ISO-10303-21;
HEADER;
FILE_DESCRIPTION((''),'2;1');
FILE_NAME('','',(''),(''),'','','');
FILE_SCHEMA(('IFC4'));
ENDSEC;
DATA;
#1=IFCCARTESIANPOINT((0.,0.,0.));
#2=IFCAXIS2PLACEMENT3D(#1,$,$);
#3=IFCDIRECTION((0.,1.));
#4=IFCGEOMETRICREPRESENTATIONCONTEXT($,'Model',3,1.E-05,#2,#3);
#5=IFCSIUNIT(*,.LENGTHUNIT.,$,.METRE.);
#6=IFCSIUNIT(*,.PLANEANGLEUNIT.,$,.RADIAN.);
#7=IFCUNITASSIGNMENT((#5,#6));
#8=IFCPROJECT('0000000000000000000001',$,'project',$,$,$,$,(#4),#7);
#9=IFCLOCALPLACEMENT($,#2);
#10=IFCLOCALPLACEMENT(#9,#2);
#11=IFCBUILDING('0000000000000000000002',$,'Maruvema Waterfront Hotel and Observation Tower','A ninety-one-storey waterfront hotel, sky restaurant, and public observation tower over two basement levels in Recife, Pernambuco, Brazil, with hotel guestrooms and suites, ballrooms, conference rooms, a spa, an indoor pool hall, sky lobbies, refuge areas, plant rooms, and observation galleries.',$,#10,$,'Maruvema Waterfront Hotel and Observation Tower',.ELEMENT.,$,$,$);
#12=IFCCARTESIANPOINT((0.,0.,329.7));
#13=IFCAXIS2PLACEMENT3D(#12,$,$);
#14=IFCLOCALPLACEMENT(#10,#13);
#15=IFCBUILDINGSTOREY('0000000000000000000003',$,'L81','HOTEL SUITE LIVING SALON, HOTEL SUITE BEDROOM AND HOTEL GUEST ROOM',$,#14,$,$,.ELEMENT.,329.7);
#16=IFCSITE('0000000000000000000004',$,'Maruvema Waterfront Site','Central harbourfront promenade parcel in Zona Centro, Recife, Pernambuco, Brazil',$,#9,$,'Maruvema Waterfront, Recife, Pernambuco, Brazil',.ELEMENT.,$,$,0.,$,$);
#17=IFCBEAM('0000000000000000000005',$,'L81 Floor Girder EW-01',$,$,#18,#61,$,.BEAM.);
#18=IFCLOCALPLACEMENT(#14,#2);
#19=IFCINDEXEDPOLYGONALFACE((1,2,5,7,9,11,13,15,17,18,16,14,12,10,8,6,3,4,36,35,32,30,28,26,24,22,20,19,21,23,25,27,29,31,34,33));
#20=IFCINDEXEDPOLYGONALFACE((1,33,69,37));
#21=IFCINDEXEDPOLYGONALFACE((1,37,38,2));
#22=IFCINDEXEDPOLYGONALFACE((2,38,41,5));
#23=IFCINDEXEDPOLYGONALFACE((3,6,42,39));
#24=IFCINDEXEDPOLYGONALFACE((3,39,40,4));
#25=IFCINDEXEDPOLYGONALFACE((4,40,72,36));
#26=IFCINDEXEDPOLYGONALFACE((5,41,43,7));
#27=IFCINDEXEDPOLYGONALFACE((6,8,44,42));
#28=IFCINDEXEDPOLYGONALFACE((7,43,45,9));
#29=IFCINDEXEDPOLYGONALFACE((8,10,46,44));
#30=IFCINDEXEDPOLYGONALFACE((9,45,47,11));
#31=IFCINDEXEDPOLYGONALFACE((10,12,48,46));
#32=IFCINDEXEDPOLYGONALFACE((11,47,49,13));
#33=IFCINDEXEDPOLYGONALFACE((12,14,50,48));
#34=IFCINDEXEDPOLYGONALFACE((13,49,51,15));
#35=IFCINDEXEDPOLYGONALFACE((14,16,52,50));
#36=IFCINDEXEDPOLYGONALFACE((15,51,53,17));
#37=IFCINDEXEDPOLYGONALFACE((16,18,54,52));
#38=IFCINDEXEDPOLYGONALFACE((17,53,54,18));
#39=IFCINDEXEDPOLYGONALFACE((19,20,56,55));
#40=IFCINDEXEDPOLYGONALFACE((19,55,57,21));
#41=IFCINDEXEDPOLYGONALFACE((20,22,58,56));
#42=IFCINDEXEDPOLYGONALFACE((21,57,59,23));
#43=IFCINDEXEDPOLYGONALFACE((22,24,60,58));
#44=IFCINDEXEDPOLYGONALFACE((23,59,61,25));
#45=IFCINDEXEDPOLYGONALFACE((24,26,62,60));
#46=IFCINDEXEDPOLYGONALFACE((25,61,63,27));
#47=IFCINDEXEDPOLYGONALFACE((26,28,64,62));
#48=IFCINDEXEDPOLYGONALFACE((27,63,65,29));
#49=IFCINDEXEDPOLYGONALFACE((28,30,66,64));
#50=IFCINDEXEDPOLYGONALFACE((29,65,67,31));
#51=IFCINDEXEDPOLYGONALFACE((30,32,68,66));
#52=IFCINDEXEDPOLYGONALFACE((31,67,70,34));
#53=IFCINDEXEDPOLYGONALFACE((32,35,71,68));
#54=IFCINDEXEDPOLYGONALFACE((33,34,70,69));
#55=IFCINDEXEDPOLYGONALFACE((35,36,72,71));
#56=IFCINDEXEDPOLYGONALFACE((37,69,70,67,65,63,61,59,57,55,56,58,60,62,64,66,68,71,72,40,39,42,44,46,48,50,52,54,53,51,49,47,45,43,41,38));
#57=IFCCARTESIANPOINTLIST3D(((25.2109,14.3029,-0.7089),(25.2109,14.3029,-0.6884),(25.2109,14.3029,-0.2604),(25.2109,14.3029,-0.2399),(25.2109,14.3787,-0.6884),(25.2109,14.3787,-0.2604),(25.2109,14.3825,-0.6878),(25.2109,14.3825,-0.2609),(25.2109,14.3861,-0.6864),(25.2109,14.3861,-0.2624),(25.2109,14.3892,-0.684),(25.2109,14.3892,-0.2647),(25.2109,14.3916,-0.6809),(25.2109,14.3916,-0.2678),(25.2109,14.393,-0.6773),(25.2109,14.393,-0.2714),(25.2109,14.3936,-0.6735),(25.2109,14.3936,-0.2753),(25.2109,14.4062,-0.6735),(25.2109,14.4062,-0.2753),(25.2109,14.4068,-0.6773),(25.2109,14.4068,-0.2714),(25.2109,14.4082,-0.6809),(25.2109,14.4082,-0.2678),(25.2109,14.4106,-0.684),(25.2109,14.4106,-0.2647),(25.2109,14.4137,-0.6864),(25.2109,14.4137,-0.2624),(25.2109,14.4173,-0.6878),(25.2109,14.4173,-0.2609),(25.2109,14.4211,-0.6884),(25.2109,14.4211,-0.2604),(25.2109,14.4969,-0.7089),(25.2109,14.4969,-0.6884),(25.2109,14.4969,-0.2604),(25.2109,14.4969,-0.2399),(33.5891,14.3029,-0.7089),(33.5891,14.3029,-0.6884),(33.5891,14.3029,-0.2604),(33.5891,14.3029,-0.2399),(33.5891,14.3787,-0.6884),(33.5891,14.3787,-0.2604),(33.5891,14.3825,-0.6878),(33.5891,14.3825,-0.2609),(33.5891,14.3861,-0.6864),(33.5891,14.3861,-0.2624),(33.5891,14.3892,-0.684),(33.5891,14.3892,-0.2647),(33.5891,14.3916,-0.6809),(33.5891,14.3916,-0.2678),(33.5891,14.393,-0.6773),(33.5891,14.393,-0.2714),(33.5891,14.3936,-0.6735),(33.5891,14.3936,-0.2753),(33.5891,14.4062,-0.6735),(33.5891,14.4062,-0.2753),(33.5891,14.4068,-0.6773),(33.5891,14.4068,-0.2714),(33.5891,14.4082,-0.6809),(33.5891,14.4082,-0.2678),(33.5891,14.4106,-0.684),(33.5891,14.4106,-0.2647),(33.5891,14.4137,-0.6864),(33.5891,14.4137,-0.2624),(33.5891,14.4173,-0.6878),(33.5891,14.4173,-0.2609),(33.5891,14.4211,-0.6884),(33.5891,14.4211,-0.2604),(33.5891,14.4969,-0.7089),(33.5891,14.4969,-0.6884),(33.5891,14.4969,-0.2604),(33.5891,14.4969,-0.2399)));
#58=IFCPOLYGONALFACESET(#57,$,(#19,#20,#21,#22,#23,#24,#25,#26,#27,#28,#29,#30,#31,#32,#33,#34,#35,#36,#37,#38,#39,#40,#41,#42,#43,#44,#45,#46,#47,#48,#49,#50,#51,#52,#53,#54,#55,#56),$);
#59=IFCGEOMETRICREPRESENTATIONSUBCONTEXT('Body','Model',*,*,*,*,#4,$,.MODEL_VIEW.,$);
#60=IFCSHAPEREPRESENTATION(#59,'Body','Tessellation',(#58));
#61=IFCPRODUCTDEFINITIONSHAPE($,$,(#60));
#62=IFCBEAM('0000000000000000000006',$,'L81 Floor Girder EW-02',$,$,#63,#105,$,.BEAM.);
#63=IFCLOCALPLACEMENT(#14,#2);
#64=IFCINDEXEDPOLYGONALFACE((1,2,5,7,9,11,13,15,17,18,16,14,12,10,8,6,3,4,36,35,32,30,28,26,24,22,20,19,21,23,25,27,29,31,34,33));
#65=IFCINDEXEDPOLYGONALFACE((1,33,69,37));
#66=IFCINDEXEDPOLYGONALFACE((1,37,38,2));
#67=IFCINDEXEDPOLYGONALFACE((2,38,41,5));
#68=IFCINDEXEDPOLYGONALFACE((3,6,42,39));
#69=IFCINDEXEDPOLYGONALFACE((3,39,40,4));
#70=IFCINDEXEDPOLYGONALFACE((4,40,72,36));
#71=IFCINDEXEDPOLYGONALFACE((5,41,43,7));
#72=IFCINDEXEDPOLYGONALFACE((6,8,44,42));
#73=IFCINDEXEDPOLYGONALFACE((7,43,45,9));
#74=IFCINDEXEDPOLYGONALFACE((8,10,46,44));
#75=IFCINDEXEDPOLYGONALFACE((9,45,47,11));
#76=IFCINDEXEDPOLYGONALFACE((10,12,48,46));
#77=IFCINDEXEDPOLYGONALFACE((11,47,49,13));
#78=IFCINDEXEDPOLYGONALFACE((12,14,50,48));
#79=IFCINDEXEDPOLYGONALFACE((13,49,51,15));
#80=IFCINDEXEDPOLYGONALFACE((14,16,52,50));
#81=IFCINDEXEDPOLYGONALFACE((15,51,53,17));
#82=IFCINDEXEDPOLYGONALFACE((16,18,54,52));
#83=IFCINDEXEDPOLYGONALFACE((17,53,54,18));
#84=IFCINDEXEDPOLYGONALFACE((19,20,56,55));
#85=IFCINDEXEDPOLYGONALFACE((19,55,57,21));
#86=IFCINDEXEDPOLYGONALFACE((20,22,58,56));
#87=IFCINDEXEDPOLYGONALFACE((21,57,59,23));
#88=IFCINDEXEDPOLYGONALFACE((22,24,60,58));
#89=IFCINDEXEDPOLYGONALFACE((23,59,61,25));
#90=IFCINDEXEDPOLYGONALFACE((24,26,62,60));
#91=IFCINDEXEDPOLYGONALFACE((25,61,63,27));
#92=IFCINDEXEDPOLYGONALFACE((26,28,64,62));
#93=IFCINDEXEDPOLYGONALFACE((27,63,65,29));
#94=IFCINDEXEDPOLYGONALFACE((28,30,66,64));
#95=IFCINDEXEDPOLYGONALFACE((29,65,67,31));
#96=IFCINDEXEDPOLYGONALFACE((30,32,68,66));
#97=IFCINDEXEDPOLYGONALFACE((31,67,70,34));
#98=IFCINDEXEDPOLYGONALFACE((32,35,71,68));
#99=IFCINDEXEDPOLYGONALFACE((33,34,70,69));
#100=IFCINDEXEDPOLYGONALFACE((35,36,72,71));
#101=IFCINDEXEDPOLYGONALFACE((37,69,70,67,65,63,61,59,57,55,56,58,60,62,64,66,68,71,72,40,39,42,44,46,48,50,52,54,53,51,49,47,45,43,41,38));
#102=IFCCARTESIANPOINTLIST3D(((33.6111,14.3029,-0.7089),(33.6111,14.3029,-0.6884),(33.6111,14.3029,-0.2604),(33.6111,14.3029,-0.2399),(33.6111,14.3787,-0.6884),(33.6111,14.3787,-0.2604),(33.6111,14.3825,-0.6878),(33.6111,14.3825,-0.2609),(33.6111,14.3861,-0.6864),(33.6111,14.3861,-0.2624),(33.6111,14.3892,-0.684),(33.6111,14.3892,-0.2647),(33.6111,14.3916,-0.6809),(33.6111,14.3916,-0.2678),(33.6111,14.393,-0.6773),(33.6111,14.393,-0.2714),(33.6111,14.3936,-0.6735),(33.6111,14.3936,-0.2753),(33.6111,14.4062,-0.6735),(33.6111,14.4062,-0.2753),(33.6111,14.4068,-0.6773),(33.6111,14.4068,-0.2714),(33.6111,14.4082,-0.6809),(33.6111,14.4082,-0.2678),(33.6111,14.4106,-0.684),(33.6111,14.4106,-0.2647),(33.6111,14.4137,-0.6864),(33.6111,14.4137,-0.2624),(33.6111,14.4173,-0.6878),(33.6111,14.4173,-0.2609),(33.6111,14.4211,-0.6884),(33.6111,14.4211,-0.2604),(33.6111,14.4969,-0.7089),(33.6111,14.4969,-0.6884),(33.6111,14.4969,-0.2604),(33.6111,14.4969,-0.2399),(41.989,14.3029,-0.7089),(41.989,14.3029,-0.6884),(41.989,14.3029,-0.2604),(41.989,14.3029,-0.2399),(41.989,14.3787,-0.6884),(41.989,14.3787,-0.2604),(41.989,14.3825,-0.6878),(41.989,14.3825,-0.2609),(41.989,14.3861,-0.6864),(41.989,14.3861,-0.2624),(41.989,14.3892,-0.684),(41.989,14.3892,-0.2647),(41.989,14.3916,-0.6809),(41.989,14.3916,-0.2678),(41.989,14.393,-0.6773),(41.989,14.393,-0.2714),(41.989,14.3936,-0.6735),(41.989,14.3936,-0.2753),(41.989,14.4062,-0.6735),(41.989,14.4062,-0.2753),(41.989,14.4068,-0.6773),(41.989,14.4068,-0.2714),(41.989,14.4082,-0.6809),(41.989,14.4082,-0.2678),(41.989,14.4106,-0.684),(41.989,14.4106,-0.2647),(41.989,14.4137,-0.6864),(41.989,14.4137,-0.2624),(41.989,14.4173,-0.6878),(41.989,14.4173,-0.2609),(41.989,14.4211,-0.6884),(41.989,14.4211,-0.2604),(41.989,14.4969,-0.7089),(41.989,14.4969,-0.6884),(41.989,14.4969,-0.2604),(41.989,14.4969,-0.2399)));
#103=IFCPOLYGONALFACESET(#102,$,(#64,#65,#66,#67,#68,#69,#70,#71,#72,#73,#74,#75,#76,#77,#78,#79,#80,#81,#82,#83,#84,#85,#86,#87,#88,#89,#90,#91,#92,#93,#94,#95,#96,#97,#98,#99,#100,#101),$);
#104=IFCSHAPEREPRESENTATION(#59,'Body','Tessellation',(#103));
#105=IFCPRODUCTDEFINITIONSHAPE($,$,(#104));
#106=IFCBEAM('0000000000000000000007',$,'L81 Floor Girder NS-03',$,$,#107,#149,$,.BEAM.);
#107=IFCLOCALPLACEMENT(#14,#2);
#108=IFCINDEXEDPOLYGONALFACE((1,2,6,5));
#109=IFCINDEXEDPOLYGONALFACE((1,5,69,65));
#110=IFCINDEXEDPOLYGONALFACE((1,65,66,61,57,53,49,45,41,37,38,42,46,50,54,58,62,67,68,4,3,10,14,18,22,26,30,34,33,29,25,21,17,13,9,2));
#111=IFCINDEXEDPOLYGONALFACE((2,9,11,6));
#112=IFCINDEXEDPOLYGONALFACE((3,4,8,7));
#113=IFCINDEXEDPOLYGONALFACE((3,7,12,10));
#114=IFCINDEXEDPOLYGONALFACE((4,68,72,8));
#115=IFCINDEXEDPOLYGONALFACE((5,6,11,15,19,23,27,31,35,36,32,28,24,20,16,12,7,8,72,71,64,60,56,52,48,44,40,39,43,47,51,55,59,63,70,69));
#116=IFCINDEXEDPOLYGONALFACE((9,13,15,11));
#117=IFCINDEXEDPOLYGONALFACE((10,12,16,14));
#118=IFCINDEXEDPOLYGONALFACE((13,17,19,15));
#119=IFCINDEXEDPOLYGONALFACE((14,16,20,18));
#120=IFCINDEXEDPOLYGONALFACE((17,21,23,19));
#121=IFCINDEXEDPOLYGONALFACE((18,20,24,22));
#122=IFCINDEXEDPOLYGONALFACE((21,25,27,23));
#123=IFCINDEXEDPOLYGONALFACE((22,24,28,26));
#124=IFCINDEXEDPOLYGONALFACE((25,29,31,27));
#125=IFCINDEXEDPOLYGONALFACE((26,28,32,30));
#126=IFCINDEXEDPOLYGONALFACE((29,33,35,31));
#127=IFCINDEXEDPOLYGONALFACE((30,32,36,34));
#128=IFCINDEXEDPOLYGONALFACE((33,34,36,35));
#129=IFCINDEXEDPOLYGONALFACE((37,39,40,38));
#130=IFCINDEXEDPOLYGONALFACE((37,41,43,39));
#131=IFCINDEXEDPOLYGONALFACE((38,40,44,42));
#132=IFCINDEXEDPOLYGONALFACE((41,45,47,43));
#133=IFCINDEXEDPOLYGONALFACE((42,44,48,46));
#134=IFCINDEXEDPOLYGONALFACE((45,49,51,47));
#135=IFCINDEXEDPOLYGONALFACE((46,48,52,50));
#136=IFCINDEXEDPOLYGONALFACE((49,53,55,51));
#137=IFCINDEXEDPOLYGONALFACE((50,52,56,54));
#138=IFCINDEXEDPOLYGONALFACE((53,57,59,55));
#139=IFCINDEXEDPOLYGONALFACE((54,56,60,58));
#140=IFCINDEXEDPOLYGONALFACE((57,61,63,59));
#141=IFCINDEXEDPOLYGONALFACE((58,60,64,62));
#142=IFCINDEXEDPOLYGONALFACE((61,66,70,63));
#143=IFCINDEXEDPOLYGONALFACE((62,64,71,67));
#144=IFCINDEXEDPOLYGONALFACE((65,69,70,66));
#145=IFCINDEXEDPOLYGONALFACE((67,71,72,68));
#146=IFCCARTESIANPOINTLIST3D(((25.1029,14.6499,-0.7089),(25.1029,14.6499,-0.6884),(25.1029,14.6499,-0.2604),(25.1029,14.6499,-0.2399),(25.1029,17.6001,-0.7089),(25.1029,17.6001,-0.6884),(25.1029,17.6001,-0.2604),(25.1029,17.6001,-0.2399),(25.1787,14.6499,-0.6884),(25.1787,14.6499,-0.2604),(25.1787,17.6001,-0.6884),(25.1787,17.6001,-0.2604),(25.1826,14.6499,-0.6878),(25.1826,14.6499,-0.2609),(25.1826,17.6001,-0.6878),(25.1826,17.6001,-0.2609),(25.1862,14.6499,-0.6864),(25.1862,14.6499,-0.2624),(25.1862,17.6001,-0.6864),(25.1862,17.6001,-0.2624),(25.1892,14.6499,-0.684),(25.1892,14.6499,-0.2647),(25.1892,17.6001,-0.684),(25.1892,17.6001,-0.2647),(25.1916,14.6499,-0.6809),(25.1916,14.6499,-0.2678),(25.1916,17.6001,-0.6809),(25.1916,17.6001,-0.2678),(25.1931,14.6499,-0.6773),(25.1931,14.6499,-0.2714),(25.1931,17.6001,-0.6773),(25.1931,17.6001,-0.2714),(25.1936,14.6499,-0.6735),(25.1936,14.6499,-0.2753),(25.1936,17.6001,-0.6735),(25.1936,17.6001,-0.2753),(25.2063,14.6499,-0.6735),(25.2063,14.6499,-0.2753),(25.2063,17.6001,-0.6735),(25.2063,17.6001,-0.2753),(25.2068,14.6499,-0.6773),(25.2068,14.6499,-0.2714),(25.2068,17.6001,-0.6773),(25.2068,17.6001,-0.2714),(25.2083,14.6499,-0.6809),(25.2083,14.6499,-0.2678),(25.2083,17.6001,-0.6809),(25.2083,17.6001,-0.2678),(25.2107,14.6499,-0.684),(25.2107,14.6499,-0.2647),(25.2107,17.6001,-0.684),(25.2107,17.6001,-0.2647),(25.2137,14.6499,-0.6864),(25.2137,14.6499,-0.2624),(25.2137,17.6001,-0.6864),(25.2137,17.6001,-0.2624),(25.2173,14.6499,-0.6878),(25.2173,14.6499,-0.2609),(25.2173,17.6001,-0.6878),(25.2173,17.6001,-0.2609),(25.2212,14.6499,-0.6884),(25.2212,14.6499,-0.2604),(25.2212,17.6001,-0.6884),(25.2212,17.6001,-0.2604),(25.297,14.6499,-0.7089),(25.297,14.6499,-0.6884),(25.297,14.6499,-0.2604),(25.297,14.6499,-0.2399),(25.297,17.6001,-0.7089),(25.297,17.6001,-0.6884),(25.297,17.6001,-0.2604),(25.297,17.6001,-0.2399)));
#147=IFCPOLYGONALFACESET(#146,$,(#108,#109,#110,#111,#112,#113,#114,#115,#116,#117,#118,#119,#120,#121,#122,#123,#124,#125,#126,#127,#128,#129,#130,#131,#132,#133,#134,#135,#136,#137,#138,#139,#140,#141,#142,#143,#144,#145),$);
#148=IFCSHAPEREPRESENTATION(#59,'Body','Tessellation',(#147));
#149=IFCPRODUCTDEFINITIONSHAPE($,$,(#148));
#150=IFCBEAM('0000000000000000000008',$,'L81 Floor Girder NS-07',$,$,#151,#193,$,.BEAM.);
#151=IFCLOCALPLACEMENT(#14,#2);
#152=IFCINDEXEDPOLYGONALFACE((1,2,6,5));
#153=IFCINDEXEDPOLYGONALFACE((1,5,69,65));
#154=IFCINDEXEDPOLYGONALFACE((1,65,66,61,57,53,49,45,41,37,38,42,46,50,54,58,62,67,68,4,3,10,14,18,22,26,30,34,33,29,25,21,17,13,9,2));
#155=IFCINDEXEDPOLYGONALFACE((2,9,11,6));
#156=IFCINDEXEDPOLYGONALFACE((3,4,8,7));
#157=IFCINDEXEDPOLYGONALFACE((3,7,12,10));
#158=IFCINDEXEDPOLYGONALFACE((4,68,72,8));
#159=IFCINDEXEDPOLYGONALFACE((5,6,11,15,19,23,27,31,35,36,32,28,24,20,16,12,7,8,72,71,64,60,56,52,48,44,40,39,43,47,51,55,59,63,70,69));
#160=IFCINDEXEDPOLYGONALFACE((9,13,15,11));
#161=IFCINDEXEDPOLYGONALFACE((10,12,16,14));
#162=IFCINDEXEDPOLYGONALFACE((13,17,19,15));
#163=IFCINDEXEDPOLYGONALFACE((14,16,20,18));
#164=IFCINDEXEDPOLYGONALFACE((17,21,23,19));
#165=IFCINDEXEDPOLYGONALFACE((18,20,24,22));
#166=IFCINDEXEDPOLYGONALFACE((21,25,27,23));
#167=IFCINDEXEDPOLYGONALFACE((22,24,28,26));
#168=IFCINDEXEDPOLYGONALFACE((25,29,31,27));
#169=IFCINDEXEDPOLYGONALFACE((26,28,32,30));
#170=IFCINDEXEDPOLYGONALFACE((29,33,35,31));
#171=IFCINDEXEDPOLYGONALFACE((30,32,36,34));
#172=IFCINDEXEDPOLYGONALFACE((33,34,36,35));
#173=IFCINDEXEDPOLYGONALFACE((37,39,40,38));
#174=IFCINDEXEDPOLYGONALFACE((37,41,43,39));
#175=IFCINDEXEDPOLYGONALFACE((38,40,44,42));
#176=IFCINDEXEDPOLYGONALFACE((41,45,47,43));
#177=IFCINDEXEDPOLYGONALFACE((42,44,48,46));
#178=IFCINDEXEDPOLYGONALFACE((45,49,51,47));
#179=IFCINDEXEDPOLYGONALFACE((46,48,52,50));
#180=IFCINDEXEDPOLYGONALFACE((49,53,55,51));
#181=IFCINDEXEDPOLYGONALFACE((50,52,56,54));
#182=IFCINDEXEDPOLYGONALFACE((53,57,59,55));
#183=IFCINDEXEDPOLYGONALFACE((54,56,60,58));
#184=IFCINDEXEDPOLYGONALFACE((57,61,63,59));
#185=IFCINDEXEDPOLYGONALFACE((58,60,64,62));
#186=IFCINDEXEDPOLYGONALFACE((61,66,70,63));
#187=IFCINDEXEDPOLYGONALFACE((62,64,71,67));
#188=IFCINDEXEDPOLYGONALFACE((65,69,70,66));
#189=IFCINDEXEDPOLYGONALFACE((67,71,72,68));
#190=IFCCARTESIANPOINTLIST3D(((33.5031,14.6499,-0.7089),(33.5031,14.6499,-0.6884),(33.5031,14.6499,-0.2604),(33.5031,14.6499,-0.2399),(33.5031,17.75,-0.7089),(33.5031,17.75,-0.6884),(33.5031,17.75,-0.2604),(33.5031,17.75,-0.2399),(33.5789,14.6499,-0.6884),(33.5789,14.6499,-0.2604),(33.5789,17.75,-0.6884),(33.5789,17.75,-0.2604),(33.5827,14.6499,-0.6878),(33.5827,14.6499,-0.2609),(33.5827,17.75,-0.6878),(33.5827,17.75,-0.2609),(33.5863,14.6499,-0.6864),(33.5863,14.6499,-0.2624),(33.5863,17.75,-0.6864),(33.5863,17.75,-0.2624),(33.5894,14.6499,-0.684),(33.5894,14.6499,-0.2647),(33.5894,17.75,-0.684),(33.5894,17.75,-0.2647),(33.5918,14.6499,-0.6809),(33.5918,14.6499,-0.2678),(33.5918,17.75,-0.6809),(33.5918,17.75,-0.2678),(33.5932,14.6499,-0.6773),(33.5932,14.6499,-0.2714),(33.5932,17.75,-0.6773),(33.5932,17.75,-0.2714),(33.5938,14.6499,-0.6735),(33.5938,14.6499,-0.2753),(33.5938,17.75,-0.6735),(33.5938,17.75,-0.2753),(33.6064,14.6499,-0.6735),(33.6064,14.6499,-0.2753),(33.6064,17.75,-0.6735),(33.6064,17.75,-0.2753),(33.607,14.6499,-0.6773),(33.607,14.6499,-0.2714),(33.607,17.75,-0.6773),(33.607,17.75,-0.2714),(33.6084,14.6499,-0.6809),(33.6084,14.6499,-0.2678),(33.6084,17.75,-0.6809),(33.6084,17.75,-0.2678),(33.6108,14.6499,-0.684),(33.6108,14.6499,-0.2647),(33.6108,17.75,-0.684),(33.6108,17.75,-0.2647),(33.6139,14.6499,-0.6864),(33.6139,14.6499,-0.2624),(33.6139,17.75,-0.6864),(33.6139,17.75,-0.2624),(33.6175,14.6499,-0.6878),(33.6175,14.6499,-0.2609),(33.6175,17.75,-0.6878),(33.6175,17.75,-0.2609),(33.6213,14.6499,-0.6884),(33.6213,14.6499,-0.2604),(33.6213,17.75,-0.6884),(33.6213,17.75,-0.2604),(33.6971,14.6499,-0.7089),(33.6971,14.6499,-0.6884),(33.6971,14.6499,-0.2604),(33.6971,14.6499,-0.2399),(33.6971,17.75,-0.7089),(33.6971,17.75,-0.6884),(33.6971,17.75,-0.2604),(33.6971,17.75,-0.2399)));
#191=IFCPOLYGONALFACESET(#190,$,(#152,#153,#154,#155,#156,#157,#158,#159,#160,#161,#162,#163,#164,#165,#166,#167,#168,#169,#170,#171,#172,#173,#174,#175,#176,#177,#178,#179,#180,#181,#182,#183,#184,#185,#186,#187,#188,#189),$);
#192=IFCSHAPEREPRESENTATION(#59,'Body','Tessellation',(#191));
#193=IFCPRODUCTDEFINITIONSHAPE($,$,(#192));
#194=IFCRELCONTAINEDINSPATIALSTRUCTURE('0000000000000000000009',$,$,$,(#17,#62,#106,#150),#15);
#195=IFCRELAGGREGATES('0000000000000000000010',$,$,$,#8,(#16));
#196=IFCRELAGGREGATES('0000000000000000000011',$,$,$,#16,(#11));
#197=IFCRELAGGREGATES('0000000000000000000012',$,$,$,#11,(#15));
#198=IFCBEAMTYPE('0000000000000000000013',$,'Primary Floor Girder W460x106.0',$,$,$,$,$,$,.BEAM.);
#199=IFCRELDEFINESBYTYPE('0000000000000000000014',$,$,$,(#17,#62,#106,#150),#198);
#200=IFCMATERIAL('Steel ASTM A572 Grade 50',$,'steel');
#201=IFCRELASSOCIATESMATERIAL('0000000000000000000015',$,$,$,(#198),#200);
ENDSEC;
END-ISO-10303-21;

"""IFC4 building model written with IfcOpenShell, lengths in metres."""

from ifc_helpers import new_model, si_unit, direction, frame, origin, origin_2d, place, context, subcontext, project, spatial, i_section, extrude, material, material_profile, profile_set, type_object, element, save


model = new_model("IFC4")

# Units and contexts
model_context = context("Model", 3, precision=1e-05, world=origin(), true_north=direction((0.0, 1.0)))
body_context = subcontext(model_context, "Body", "Model", "MODEL_VIEW")
ifc_project = project(units=[si_unit("LENGTHUNIT", "METRE"), si_unit("PLANEANGLEUNIT", "RADIAN")], contexts=[model_context])

# Site, building, storey
site_placement = place(None, origin())
site = spatial("IfcSite", under=ifc_project, at=site_placement, Name="Maruvema Waterfront Site", Description="Central harbourfront promenade parcel in Zona Centro, Recife, Pernambuco, Brazil", LongName="Maruvema Waterfront, Recife, Pernambuco, Brazil", CompositionType="ELEMENT", RefElevation=0.0)
building_placement = place(site_placement, origin())
building = spatial("IfcBuilding", under=site, at=building_placement, Name="Maruvema Waterfront Hotel and Observation Tower", Description="A ninety-one-storey waterfront hotel, sky restaurant, and public observation tower over two basement levels in Recife, Pernambuco, Brazil, with hotel guestrooms and suites, ballrooms, conference rooms, a spa, an indoor pool hall, sky lobbies, refuge areas, plant rooms, and observation galleries.", LongName="Maruvema Waterfront Hotel and Observation Tower", CompositionType="ELEMENT")
storey_placement = place(building_placement, frame((0.0, 0.0, 329.7)))
storey = spatial("IfcBuildingStorey", under=building, at=storey_placement, Name="L81", Description="HOTEL SUITE LIVING SALON, HOTEL SUITE BEDROOM AND HOTEL GUEST ROOM", CompositionType="ELEMENT", Elevation=329.7)

# Beams
ifc_material_1 = material(Name="Steel ASTM A572 Grade 50", Category="steel")
ifc_material_profile_1 = material_profile(ifc_material_1, i_section(OverallWidth=0.1941, OverallDepth=0.469, WebThickness=0.0127, FlangeThickness=0.0205, FilletRadius=0.0149, at=origin_2d()), Name="W460x106.0")
ifc_profile_set_1 = profile_set([ifc_material_profile_1], Name="Steel ASTM A572 Grade 50")
beam_type_1 = type_object("IfcBeamType", Name="Primary Floor Girder W460x106.0", PredefinedType="BEAM", material=ifc_profile_set_1)
beam_1_placement = place(storey_placement, frame((25.2109, 14.3999, -0.4744), z_axis=(1.0, 0.0, 0.0), x_axis=(0.0, 1.0, 0.0)))
element("IfcBeam", 1, at=beam_1_placement, inside=storey, type_object=beam_type_1, Name="L81 Floor Girder EW-01", PredefinedType="BEAM", context=body_context, shape_type="SweptSolid", body=[
    extrude(i_section(OverallWidth=0.1941, OverallDepth=0.469, WebThickness=0.0127, FlangeThickness=0.0205, FilletRadius=0.0149, at=origin_2d()), origin(), (0.0, 0.0, 1.0), 8.3782),
])
beam_2_placement = place(storey_placement, frame((33.6111, 14.3999, -0.4744), z_axis=(1.0, 0.0, 0.0), x_axis=(0.0, 1.0, 0.0)))
element("IfcBeam", 2, at=beam_2_placement, inside=storey, type_object=beam_type_1, Name="L81 Floor Girder EW-02", PredefinedType="BEAM", context=body_context, shape_type="SweptSolid", body=[
    extrude(i_section(OverallWidth=0.1941, OverallDepth=0.469, WebThickness=0.0127, FlangeThickness=0.0205, FilletRadius=0.0149, at=origin_2d()), origin(), (0.0, 0.0, 1.0), 8.3779),
])
beam_3_placement = place(storey_placement, frame((25.2, 14.6499, -0.4744), z_axis=(0.0, 1.0, 0.0), x_axis=(-1.0, 0.0, 0.0)))
element("IfcBeam", 3, at=beam_3_placement, inside=storey, type_object=beam_type_1, Name="L81 Floor Girder NS-03", PredefinedType="BEAM", context=body_context, shape_type="SweptSolid", body=[
    extrude(i_section(OverallWidth=0.1941, OverallDepth=0.469, WebThickness=0.0127, FlangeThickness=0.0205, FilletRadius=0.0149, at=origin_2d()), origin(), (0.0, 0.0, 1.0), 2.9502),
])
beam_4_placement = place(storey_placement, frame((33.6001, 14.6499, -0.4744), z_axis=(0.0, 1.0, 0.0), x_axis=(-1.0, 0.0, 0.0)))
element("IfcBeam", 4, at=beam_4_placement, inside=storey, type_object=beam_type_1, Name="L81 Floor Girder NS-07", PredefinedType="BEAM", context=body_context, shape_type="SweptSolid", body=[
    extrude(i_section(OverallWidth=0.1941, OverallDepth=0.469, WebThickness=0.0127, FlangeThickness=0.0205, FilletRadius=0.0149, at=origin_2d()), origin(), (0.0, 0.0, 1.0), 3.1001),
])

save(model, "model.ifc")
